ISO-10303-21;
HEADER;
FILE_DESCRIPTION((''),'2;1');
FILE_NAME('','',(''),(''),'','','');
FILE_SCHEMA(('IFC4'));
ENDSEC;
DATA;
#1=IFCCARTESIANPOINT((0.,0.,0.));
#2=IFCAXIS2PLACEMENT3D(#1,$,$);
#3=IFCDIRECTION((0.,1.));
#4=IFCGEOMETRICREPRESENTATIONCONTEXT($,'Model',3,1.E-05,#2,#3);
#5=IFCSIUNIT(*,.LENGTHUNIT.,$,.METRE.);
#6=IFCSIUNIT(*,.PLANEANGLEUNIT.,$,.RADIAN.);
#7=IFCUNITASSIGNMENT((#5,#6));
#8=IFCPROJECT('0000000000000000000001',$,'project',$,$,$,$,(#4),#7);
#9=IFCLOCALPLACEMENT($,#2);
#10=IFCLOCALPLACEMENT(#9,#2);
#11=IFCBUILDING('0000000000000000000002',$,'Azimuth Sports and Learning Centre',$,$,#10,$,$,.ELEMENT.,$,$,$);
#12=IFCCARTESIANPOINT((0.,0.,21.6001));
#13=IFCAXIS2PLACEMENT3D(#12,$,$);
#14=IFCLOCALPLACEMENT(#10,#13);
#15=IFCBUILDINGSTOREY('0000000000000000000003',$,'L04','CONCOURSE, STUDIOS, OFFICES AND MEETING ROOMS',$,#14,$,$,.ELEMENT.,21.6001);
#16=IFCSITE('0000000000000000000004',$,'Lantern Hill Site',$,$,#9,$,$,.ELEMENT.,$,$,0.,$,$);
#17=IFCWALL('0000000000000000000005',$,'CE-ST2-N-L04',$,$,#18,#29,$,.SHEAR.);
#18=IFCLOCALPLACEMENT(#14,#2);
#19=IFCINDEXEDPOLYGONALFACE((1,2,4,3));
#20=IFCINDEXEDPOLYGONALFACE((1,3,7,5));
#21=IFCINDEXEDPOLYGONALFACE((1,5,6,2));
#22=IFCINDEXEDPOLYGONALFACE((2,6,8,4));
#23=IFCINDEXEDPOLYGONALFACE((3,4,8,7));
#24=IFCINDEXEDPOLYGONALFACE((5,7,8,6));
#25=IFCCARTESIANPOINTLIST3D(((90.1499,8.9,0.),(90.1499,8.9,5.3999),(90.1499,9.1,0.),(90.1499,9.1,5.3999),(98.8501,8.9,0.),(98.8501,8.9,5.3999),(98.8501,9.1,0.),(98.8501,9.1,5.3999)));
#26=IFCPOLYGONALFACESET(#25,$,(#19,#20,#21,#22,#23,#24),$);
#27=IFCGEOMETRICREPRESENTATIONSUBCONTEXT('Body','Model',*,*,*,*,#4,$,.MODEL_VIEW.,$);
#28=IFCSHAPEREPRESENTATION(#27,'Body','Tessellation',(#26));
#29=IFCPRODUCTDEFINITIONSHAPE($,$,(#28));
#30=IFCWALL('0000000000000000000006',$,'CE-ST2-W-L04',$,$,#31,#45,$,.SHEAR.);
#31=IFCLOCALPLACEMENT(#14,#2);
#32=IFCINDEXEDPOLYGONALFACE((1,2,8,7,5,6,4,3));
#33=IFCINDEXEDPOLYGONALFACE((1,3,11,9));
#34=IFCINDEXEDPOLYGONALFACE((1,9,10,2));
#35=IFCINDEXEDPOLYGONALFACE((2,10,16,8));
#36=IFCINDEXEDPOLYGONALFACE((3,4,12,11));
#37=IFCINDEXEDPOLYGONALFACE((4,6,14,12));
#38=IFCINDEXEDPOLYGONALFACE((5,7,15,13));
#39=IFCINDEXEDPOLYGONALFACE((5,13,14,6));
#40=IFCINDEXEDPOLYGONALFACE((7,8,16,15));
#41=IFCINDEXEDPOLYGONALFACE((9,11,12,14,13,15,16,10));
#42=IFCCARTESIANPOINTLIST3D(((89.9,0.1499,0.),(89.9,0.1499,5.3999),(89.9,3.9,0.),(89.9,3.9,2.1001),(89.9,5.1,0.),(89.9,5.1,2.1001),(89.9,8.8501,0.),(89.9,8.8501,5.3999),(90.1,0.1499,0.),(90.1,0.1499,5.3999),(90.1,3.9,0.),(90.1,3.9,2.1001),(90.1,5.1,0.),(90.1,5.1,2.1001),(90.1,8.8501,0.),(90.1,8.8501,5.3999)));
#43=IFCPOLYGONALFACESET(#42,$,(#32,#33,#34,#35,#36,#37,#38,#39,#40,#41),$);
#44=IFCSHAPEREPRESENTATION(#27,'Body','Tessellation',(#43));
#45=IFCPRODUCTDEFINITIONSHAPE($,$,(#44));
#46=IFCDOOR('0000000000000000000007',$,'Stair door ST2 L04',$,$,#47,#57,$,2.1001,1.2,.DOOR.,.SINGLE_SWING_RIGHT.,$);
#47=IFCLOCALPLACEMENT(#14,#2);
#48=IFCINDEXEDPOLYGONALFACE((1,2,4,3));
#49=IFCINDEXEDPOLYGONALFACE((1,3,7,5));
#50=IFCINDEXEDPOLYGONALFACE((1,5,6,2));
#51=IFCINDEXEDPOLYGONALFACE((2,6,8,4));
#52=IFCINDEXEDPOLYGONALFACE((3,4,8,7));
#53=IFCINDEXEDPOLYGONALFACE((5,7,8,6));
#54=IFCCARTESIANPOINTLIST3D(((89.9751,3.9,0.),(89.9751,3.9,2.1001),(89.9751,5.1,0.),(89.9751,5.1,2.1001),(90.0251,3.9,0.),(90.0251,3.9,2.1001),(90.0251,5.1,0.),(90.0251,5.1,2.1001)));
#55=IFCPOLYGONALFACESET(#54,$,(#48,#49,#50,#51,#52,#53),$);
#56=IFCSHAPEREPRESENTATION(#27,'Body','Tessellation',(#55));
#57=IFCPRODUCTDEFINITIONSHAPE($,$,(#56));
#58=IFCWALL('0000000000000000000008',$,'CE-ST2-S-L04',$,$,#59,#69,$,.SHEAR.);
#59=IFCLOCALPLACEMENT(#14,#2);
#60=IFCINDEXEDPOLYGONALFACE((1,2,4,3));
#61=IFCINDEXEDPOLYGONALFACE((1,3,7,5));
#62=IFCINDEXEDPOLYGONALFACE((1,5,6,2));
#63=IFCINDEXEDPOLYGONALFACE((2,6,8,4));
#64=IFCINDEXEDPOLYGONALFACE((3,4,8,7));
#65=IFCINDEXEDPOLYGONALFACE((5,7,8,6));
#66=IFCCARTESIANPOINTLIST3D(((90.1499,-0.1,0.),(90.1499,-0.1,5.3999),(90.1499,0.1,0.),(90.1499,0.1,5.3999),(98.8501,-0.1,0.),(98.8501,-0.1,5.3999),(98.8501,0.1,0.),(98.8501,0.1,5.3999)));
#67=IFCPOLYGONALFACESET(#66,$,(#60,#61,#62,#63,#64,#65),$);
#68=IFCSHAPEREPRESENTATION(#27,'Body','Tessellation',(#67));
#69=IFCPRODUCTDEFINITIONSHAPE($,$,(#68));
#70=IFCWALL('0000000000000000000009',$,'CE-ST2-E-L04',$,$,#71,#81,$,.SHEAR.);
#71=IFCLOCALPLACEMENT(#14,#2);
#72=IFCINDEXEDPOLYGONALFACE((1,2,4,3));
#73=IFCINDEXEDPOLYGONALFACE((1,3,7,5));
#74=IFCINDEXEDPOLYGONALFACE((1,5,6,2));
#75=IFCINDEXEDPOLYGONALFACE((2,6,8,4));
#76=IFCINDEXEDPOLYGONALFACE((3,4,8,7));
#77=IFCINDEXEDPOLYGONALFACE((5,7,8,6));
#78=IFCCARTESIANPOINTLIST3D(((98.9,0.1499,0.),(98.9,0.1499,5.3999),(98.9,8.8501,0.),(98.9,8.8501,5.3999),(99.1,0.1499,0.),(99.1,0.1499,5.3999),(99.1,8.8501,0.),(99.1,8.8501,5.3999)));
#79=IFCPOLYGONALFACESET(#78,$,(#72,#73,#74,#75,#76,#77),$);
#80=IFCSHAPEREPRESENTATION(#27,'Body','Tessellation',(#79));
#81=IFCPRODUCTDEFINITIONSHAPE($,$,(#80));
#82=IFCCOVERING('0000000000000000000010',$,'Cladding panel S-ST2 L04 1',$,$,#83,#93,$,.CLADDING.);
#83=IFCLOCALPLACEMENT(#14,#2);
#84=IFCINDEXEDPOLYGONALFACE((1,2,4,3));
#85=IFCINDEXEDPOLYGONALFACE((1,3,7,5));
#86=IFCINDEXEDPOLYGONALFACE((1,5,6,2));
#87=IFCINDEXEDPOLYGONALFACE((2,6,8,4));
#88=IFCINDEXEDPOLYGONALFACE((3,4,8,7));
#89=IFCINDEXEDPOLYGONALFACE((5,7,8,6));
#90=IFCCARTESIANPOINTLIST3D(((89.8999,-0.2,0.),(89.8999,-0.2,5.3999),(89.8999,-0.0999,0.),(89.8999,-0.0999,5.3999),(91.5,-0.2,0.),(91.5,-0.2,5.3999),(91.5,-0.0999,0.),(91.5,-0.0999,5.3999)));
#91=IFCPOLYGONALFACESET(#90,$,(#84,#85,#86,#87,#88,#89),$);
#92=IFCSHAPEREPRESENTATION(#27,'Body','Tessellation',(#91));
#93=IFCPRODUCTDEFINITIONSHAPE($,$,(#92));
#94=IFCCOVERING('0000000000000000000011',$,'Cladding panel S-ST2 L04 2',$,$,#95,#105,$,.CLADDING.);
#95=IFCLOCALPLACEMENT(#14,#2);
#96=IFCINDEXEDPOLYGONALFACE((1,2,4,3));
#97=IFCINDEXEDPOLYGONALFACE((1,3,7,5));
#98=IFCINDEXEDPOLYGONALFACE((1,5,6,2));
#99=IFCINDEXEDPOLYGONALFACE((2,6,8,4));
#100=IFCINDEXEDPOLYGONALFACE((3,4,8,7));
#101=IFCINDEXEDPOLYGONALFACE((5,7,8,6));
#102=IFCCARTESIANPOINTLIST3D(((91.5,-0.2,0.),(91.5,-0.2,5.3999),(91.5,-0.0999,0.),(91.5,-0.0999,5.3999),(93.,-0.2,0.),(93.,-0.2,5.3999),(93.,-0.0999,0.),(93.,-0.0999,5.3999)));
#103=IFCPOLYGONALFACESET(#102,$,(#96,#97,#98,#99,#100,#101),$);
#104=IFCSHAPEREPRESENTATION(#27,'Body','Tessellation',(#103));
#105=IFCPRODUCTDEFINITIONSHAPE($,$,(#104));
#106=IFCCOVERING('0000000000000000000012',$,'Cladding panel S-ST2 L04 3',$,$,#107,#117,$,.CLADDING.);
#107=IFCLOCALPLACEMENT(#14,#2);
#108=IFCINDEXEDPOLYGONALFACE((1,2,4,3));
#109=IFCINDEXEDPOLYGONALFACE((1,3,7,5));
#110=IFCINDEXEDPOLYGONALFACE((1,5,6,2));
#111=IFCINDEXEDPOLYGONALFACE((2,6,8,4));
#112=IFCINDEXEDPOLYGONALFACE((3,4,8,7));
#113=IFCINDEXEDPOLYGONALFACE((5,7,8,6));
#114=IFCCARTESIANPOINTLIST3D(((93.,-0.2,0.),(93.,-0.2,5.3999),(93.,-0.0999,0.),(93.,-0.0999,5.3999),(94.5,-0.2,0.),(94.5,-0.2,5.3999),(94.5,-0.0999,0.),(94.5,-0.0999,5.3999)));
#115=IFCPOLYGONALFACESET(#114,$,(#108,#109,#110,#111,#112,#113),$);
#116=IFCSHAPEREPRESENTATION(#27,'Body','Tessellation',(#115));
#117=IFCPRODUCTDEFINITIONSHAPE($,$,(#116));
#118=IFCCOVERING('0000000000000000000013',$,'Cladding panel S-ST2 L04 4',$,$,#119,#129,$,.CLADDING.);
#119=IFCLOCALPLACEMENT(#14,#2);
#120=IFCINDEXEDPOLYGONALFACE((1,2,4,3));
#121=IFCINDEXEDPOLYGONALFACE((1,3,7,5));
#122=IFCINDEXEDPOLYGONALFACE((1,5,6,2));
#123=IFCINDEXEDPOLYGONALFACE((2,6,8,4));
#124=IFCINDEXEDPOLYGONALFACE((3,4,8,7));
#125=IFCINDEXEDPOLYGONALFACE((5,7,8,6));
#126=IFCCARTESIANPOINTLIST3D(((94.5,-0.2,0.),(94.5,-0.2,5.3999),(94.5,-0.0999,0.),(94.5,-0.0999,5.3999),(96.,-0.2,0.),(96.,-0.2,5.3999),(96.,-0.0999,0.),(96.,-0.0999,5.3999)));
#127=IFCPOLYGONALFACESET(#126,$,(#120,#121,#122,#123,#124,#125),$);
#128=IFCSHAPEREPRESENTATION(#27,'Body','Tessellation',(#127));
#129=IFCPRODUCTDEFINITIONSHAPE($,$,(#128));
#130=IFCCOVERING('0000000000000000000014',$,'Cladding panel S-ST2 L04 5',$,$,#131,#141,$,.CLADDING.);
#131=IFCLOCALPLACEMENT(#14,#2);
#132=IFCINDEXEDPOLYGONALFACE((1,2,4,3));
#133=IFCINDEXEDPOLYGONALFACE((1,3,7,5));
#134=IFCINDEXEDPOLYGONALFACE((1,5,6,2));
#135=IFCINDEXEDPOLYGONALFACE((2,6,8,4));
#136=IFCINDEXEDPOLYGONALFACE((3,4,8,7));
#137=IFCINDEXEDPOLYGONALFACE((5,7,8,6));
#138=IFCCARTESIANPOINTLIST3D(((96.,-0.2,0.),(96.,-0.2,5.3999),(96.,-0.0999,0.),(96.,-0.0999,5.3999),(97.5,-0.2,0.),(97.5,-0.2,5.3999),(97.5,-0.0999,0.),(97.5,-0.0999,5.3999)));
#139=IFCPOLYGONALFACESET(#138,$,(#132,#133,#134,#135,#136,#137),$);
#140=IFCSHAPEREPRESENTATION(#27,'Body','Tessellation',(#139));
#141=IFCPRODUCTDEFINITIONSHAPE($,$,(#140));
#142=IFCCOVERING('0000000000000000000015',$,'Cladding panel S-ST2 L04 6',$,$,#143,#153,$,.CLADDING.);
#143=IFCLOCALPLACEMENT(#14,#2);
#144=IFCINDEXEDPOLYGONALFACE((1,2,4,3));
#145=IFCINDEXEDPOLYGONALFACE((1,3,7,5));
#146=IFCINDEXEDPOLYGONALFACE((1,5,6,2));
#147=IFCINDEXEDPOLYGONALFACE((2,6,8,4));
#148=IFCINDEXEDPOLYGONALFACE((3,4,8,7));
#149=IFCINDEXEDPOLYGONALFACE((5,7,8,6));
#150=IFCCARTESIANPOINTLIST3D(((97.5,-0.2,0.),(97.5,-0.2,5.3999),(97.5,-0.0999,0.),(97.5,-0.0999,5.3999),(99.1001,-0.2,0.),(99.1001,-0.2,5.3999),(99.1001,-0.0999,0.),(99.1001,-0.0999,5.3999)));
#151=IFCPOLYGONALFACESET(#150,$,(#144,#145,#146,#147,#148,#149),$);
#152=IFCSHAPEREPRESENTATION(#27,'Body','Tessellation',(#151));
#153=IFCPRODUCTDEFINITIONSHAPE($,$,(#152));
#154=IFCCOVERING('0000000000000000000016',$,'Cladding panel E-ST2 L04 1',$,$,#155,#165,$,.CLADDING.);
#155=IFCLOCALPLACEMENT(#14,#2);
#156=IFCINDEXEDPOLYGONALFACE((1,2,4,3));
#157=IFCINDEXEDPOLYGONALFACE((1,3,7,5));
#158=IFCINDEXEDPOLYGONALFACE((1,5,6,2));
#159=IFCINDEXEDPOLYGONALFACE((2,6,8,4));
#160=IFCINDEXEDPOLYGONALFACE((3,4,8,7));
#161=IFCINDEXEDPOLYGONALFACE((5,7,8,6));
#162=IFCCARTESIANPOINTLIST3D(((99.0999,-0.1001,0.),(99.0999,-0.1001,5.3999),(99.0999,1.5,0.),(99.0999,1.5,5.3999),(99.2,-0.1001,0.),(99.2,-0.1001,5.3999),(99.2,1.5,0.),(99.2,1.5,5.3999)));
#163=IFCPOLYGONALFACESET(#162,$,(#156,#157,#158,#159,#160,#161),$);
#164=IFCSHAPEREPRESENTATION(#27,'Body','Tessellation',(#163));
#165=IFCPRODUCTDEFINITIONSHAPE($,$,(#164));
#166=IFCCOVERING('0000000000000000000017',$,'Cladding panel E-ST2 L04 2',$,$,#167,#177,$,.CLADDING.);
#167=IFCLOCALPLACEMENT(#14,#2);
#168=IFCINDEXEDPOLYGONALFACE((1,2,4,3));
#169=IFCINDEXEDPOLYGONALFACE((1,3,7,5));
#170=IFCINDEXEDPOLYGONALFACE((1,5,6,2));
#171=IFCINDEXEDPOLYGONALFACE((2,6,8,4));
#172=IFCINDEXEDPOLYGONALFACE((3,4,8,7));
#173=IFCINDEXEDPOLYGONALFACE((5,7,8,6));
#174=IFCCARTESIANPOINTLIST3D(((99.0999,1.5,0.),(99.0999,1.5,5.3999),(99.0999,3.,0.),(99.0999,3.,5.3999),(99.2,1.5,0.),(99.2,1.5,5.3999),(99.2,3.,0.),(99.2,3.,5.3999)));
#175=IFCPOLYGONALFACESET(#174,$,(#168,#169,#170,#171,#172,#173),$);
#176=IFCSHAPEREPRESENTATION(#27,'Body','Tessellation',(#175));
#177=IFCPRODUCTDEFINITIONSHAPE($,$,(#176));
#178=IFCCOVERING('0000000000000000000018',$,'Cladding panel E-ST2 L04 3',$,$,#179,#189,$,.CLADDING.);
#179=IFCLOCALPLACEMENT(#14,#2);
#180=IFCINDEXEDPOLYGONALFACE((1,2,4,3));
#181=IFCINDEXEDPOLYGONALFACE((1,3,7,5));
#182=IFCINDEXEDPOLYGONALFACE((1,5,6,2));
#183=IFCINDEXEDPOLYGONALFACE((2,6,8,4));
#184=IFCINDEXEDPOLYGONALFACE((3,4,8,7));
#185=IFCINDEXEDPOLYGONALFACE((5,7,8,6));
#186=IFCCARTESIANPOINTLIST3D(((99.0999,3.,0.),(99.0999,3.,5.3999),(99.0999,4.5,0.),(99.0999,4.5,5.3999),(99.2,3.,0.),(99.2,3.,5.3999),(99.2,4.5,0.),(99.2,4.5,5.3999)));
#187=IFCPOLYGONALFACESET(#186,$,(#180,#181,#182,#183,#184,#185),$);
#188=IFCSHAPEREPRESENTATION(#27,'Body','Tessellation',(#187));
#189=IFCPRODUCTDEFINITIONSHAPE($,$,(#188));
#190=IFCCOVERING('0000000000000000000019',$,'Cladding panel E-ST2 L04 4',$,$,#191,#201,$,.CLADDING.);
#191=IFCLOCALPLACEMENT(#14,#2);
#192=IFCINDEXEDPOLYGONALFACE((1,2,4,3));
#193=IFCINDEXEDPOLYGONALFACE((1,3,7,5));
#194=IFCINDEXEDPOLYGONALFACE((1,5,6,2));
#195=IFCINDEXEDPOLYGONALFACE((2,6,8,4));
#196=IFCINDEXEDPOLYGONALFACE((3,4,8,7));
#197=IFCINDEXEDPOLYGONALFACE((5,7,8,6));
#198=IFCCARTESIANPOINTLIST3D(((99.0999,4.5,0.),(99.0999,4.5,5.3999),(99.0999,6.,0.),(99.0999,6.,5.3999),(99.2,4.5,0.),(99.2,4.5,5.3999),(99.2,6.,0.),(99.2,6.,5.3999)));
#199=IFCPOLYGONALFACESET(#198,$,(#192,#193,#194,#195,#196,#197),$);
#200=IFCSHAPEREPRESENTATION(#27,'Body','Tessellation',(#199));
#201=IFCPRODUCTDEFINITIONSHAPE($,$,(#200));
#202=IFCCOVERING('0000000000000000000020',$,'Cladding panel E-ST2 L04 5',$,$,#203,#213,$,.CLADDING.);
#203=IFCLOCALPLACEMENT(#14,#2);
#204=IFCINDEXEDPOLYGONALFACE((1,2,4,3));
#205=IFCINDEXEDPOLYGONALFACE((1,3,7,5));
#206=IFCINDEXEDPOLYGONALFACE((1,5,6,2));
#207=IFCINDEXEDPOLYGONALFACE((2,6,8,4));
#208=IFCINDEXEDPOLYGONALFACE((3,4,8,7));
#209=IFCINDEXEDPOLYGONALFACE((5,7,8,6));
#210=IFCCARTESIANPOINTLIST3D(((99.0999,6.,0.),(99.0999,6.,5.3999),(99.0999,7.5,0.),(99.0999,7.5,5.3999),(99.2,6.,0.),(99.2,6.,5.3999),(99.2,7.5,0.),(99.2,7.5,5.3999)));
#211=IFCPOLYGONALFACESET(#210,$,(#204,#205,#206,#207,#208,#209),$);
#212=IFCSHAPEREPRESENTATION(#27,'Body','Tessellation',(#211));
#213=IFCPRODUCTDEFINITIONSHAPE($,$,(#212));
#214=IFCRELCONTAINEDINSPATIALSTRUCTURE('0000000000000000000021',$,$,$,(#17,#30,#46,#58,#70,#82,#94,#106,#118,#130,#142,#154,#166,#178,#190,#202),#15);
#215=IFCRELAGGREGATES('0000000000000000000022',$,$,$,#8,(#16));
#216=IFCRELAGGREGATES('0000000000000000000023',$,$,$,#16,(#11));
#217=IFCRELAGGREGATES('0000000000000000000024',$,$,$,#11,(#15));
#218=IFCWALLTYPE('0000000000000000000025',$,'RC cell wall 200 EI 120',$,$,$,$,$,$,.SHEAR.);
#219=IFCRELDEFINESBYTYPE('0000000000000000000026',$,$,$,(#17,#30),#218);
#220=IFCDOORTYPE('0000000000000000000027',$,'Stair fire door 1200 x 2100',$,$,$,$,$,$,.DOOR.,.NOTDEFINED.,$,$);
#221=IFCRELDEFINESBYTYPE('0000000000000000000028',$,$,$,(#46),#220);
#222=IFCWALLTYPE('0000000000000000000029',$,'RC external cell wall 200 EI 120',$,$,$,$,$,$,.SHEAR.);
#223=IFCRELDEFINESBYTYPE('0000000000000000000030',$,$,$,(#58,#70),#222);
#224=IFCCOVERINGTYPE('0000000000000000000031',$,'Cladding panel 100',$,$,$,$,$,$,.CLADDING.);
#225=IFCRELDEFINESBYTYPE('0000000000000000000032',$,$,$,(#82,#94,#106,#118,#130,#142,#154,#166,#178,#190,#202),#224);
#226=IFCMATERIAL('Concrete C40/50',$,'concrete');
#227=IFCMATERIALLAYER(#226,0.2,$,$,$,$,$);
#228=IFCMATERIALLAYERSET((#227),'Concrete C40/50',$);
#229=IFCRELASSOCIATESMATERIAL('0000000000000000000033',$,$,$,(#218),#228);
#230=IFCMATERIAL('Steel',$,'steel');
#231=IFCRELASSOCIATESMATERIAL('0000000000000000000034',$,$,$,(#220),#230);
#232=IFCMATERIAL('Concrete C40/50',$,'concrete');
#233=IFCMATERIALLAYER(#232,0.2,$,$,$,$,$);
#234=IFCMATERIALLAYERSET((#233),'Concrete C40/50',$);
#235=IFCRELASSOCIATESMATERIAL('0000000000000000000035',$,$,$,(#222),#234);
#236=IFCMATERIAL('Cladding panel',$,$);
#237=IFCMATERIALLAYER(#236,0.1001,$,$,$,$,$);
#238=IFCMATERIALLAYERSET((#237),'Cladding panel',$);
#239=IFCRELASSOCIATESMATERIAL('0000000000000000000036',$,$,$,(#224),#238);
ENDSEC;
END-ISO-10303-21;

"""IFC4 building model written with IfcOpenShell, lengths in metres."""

from ifc_helpers import new_model, si_unit, direction, frame, frame_2d, origin, origin_2d, place, context, subcontext, project, spatial, rectangle, extrude, material, layer, layer_set, type_object, element, fill, save


model = new_model("IFC4")

# Units and contexts
model_context = context("Model", 3, precision=1e-05, world=origin(), true_north=direction((0.0, 1.0)))
body_context = subcontext(model_context, "Body", "Model", "MODEL_VIEW")
ifc_project = project(units=[si_unit("LENGTHUNIT", "METRE"), si_unit("PLANEANGLEUNIT", "RADIAN")], contexts=[model_context])

# Site, building, storey
site_placement = place(None, origin())
site = spatial("IfcSite", under=ifc_project, at=site_placement, Name="Lantern Hill Site", CompositionType="ELEMENT", RefElevation=0.0)
building_placement = place(site_placement, origin())
building = spatial("IfcBuilding", under=site, at=building_placement, Name="Azimuth Sports and Learning Centre", CompositionType="ELEMENT")
storey_placement = place(building_placement, frame((0.0, 0.0, 21.6001)))
storey = spatial("IfcBuildingStorey", under=building, at=storey_placement, Name="L04", Description="CONCOURSE, STUDIOS, OFFICES AND MEETING ROOMS", CompositionType="ELEMENT", Elevation=21.6001)

# Wall
ifc_material_1 = material(Name="Concrete C40/50", Category="concrete")
ifc_layer_1 = layer(ifc_material_1, 0.2)
ifc_layer_set_1 = layer_set([ifc_layer_1], Name="Concrete C40/50")
wall_type_1 = type_object("IfcWallType", Name="RC cell wall 200 EI 120", PredefinedType="SHEAR", material=ifc_layer_set_1)
wall_1_placement = place(storey_placement, frame((90.1499, 9.0, 0.0), z_axis=(0.0, 0.0, 1.0), x_axis=(1.0, 0.0, 0.0)))
element("IfcWall", 1, at=wall_1_placement, inside=storey, type_object=wall_type_1, Name="CE-ST2-N-L04", PredefinedType="SHEAR", context=body_context, shape_type="SweptSolid", body=[
    extrude(rectangle(XDim=8.7002, YDim=0.2, at=frame_2d((4.3501, 0.0))), origin(), (0.0, 0.0, 1.0), 5.3999),
])

# Wall, opening, door
wall_2_placement = place(storey_placement, frame((90.0, 0.1499, 0.0), z_axis=(0.0, 0.0, 1.0), x_axis=(0.0, 1.0, 0.0)))
wall_2 = element("IfcWall", 2, at=wall_2_placement, inside=storey, type_object=wall_type_1, Name="CE-ST2-W-L04", PredefinedType="SHEAR", context=body_context, shape_type="SweptSolid", body=[
    extrude(rectangle(XDim=8.7002, YDim=0.2, at=frame_2d((4.3501, 0.0))), origin(), (0.0, 0.0, 1.0), 5.3999),
])
opening_1_placement = place(wall_2_placement, frame((3.75, 0.0, 0.0)))
opening_1 = element("IfcOpeningElement", 3, at=opening_1_placement, cuts=wall_2, PredefinedType="OPENING", context=body_context, shape_type="SweptSolid", body=[
    extrude(rectangle(XDim=1.2, YDim=2.1001, at=frame_2d((0.6001, 1.05))), frame((0.0, 0.1108, 0.0), z_axis=(0.0, -1.0, 0.0), x_axis=(1.0, 0.0, 0.0)), (0.0, 0.0, 1.0), 0.2219),
])
ifc_material_2 = material(Name="Steel", Category="steel")
door_type_1 = type_object("IfcDoorType", Name="Stair fire door 1200 x 2100", OperationType="NOTDEFINED", PredefinedType="DOOR", material=ifc_material_2)
door_1_placement = place(opening_1_placement, origin())
door_1 = element("IfcDoor", 4, at=door_1_placement, inside=storey, type_object=door_type_1, Name="Stair door ST2 L04", OperationType="SINGLE_SWING_RIGHT", OverallHeight=2.1001, OverallWidth=1.2, PredefinedType="DOOR", context=body_context, shape_type="SweptSolid", body=[
    extrude(rectangle(XDim=1.2, YDim=2.1001, at=frame_2d((0.6001, 1.05))), frame((0.0, 0.0249, 0.0), z_axis=(0.0, -1.0, 0.0), x_axis=(1.0, 0.0, 0.0)), (0.0, 0.0, 1.0), 0.05),
])
fill(opening_1, door_1)

# Walls
ifc_material_3 = material(Name="Concrete C40/50", Category="concrete")
ifc_layer_2 = layer(ifc_material_3, 0.2)
ifc_layer_set_2 = layer_set([ifc_layer_2], Name="Concrete C40/50")
wall_type_2 = type_object("IfcWallType", Name="RC external cell wall 200 EI 120", PredefinedType="SHEAR", material=ifc_layer_set_2)
for number, where, z_axis, x_axis, name in (
    (5, (90.1499, 0.0, 0.0), (0.0, 0.0, 1.0), (1.0, 0.0, 0.0), "CE-ST2-S-L04"),
    (6, (99.0, 0.1499, 0.0), (0.0, 0.0, 1.0), (0.0, 1.0, 0.0), "CE-ST2-E-L04"),
):
    element("IfcWall", number, at=place(storey_placement, frame(where, z_axis=z_axis, x_axis=x_axis)), inside=storey, type_object=wall_type_2, Name=name, PredefinedType="SHEAR", context=body_context, shape_type="SweptSolid", body=[
        extrude(rectangle(XDim=8.7002, YDim=0.2, at=frame_2d((4.3501, 0.0))), origin(), (0.0, 0.0, 1.0), 5.3999),
    ])

# Coverings
ifc_material_4 = material(Name="Cladding panel")
ifc_layer_3 = layer(ifc_material_4, 0.1001)
ifc_layer_set_3 = layer_set([ifc_layer_3], Name="Cladding panel")
covering_type = type_object("IfcCoveringType", Name="Cladding panel 100", PredefinedType="CLADDING", material=ifc_layer_set_3)
covering_1_placement = place(storey_placement, frame((90.7, -0.1499, 0.0), z_axis=(0.0, 0.0, 1.0), x_axis=(1.0, 0.0, 0.0)))
element("IfcCovering", 7, at=covering_1_placement, inside=storey, type_object=covering_type, Name="Cladding panel S-ST2 L04 1", PredefinedType="CLADDING", context=body_context, shape_type="SweptSolid", body=[
    extrude(rectangle(XDim=1.6001, YDim=0.1001, at=origin_2d()), origin(), (0.0, 0.0, 1.0), 5.3999),
])
for number, where, z_axis, x_axis, name in (
    (8, (92.25, -0.1499, 0.0), (0.0, 0.0, 1.0), (1.0, 0.0, 0.0), "Cladding panel S-ST2 L04 2"),
    (9, (93.75, -0.1499, 0.0), (0.0, 0.0, 1.0), (1.0, 0.0, 0.0), "Cladding panel S-ST2 L04 3"),
    (10, (95.25, -0.1499, 0.0), (0.0, 0.0, 1.0), (1.0, 0.0, 0.0), "Cladding panel S-ST2 L04 4"),
    (11, (96.75, -0.1499, 0.0), (0.0, 0.0, 1.0), (1.0, 0.0, 0.0), "Cladding panel S-ST2 L04 5"),
):
    element("IfcCovering", number, at=place(storey_placement, frame(where, z_axis=z_axis, x_axis=x_axis)), inside=storey, type_object=covering_type, Name=name, PredefinedType="CLADDING", context=body_context, shape_type="SweptSolid", body=[
        extrude(rectangle(XDim=1.5, YDim=0.1001, at=origin_2d()), origin(), (0.0, 0.0, 1.0), 5.3999),
    ])
for number, where, z_axis, x_axis, name in (
    (12, (98.3, -0.1499, 0.0), (0.0, 0.0, 1.0), (1.0, 0.0, 0.0), "Cladding panel S-ST2 L04 6"),
    (13, (99.1499, 0.7, 0.0), (0.0, 0.0, 1.0), (0.0, 1.0, 0.0), "Cladding panel E-ST2 L04 1"),
):
    element("IfcCovering", number, at=place(storey_placement, frame(where, z_axis=z_axis, x_axis=x_axis)), inside=storey, type_object=covering_type, Name=name, PredefinedType="CLADDING", context=body_context, shape_type="SweptSolid", body=[
        extrude(rectangle(XDim=1.6001, YDim=0.1001, at=origin_2d()), origin(), (0.0, 0.0, 1.0), 5.3999),
    ])
for number, where, z_axis, x_axis, name in (
    (14, (99.1499, 2.25, 0.0), (0.0, 0.0, 1.0), (0.0, 1.0, 0.0), "Cladding panel E-ST2 L04 2"),
    (15, (99.1499, 3.75, 0.0), (0.0, 0.0, 1.0), (0.0, 1.0, 0.0), "Cladding panel E-ST2 L04 3"),
    (16, (99.1499, 5.25, 0.0), (0.0, 0.0, 1.0), (0.0, 1.0, 0.0), "Cladding panel E-ST2 L04 4"),
    (17, (99.1499, 6.75, 0.0), (0.0, 0.0, 1.0), (0.0, 1.0, 0.0), "Cladding panel E-ST2 L04 5"),
):
    element("IfcCovering", number, at=place(storey_placement, frame(where, z_axis=z_axis, x_axis=x_axis)), inside=storey, type_object=covering_type, Name=name, PredefinedType="CLADDING", context=body_context, shape_type="SweptSolid", body=[
        extrude(rectangle(XDim=1.5, YDim=0.1001, at=origin_2d()), origin(), (0.0, 0.0, 1.0), 5.3999),
    ])

save(model, "model.ifc")
